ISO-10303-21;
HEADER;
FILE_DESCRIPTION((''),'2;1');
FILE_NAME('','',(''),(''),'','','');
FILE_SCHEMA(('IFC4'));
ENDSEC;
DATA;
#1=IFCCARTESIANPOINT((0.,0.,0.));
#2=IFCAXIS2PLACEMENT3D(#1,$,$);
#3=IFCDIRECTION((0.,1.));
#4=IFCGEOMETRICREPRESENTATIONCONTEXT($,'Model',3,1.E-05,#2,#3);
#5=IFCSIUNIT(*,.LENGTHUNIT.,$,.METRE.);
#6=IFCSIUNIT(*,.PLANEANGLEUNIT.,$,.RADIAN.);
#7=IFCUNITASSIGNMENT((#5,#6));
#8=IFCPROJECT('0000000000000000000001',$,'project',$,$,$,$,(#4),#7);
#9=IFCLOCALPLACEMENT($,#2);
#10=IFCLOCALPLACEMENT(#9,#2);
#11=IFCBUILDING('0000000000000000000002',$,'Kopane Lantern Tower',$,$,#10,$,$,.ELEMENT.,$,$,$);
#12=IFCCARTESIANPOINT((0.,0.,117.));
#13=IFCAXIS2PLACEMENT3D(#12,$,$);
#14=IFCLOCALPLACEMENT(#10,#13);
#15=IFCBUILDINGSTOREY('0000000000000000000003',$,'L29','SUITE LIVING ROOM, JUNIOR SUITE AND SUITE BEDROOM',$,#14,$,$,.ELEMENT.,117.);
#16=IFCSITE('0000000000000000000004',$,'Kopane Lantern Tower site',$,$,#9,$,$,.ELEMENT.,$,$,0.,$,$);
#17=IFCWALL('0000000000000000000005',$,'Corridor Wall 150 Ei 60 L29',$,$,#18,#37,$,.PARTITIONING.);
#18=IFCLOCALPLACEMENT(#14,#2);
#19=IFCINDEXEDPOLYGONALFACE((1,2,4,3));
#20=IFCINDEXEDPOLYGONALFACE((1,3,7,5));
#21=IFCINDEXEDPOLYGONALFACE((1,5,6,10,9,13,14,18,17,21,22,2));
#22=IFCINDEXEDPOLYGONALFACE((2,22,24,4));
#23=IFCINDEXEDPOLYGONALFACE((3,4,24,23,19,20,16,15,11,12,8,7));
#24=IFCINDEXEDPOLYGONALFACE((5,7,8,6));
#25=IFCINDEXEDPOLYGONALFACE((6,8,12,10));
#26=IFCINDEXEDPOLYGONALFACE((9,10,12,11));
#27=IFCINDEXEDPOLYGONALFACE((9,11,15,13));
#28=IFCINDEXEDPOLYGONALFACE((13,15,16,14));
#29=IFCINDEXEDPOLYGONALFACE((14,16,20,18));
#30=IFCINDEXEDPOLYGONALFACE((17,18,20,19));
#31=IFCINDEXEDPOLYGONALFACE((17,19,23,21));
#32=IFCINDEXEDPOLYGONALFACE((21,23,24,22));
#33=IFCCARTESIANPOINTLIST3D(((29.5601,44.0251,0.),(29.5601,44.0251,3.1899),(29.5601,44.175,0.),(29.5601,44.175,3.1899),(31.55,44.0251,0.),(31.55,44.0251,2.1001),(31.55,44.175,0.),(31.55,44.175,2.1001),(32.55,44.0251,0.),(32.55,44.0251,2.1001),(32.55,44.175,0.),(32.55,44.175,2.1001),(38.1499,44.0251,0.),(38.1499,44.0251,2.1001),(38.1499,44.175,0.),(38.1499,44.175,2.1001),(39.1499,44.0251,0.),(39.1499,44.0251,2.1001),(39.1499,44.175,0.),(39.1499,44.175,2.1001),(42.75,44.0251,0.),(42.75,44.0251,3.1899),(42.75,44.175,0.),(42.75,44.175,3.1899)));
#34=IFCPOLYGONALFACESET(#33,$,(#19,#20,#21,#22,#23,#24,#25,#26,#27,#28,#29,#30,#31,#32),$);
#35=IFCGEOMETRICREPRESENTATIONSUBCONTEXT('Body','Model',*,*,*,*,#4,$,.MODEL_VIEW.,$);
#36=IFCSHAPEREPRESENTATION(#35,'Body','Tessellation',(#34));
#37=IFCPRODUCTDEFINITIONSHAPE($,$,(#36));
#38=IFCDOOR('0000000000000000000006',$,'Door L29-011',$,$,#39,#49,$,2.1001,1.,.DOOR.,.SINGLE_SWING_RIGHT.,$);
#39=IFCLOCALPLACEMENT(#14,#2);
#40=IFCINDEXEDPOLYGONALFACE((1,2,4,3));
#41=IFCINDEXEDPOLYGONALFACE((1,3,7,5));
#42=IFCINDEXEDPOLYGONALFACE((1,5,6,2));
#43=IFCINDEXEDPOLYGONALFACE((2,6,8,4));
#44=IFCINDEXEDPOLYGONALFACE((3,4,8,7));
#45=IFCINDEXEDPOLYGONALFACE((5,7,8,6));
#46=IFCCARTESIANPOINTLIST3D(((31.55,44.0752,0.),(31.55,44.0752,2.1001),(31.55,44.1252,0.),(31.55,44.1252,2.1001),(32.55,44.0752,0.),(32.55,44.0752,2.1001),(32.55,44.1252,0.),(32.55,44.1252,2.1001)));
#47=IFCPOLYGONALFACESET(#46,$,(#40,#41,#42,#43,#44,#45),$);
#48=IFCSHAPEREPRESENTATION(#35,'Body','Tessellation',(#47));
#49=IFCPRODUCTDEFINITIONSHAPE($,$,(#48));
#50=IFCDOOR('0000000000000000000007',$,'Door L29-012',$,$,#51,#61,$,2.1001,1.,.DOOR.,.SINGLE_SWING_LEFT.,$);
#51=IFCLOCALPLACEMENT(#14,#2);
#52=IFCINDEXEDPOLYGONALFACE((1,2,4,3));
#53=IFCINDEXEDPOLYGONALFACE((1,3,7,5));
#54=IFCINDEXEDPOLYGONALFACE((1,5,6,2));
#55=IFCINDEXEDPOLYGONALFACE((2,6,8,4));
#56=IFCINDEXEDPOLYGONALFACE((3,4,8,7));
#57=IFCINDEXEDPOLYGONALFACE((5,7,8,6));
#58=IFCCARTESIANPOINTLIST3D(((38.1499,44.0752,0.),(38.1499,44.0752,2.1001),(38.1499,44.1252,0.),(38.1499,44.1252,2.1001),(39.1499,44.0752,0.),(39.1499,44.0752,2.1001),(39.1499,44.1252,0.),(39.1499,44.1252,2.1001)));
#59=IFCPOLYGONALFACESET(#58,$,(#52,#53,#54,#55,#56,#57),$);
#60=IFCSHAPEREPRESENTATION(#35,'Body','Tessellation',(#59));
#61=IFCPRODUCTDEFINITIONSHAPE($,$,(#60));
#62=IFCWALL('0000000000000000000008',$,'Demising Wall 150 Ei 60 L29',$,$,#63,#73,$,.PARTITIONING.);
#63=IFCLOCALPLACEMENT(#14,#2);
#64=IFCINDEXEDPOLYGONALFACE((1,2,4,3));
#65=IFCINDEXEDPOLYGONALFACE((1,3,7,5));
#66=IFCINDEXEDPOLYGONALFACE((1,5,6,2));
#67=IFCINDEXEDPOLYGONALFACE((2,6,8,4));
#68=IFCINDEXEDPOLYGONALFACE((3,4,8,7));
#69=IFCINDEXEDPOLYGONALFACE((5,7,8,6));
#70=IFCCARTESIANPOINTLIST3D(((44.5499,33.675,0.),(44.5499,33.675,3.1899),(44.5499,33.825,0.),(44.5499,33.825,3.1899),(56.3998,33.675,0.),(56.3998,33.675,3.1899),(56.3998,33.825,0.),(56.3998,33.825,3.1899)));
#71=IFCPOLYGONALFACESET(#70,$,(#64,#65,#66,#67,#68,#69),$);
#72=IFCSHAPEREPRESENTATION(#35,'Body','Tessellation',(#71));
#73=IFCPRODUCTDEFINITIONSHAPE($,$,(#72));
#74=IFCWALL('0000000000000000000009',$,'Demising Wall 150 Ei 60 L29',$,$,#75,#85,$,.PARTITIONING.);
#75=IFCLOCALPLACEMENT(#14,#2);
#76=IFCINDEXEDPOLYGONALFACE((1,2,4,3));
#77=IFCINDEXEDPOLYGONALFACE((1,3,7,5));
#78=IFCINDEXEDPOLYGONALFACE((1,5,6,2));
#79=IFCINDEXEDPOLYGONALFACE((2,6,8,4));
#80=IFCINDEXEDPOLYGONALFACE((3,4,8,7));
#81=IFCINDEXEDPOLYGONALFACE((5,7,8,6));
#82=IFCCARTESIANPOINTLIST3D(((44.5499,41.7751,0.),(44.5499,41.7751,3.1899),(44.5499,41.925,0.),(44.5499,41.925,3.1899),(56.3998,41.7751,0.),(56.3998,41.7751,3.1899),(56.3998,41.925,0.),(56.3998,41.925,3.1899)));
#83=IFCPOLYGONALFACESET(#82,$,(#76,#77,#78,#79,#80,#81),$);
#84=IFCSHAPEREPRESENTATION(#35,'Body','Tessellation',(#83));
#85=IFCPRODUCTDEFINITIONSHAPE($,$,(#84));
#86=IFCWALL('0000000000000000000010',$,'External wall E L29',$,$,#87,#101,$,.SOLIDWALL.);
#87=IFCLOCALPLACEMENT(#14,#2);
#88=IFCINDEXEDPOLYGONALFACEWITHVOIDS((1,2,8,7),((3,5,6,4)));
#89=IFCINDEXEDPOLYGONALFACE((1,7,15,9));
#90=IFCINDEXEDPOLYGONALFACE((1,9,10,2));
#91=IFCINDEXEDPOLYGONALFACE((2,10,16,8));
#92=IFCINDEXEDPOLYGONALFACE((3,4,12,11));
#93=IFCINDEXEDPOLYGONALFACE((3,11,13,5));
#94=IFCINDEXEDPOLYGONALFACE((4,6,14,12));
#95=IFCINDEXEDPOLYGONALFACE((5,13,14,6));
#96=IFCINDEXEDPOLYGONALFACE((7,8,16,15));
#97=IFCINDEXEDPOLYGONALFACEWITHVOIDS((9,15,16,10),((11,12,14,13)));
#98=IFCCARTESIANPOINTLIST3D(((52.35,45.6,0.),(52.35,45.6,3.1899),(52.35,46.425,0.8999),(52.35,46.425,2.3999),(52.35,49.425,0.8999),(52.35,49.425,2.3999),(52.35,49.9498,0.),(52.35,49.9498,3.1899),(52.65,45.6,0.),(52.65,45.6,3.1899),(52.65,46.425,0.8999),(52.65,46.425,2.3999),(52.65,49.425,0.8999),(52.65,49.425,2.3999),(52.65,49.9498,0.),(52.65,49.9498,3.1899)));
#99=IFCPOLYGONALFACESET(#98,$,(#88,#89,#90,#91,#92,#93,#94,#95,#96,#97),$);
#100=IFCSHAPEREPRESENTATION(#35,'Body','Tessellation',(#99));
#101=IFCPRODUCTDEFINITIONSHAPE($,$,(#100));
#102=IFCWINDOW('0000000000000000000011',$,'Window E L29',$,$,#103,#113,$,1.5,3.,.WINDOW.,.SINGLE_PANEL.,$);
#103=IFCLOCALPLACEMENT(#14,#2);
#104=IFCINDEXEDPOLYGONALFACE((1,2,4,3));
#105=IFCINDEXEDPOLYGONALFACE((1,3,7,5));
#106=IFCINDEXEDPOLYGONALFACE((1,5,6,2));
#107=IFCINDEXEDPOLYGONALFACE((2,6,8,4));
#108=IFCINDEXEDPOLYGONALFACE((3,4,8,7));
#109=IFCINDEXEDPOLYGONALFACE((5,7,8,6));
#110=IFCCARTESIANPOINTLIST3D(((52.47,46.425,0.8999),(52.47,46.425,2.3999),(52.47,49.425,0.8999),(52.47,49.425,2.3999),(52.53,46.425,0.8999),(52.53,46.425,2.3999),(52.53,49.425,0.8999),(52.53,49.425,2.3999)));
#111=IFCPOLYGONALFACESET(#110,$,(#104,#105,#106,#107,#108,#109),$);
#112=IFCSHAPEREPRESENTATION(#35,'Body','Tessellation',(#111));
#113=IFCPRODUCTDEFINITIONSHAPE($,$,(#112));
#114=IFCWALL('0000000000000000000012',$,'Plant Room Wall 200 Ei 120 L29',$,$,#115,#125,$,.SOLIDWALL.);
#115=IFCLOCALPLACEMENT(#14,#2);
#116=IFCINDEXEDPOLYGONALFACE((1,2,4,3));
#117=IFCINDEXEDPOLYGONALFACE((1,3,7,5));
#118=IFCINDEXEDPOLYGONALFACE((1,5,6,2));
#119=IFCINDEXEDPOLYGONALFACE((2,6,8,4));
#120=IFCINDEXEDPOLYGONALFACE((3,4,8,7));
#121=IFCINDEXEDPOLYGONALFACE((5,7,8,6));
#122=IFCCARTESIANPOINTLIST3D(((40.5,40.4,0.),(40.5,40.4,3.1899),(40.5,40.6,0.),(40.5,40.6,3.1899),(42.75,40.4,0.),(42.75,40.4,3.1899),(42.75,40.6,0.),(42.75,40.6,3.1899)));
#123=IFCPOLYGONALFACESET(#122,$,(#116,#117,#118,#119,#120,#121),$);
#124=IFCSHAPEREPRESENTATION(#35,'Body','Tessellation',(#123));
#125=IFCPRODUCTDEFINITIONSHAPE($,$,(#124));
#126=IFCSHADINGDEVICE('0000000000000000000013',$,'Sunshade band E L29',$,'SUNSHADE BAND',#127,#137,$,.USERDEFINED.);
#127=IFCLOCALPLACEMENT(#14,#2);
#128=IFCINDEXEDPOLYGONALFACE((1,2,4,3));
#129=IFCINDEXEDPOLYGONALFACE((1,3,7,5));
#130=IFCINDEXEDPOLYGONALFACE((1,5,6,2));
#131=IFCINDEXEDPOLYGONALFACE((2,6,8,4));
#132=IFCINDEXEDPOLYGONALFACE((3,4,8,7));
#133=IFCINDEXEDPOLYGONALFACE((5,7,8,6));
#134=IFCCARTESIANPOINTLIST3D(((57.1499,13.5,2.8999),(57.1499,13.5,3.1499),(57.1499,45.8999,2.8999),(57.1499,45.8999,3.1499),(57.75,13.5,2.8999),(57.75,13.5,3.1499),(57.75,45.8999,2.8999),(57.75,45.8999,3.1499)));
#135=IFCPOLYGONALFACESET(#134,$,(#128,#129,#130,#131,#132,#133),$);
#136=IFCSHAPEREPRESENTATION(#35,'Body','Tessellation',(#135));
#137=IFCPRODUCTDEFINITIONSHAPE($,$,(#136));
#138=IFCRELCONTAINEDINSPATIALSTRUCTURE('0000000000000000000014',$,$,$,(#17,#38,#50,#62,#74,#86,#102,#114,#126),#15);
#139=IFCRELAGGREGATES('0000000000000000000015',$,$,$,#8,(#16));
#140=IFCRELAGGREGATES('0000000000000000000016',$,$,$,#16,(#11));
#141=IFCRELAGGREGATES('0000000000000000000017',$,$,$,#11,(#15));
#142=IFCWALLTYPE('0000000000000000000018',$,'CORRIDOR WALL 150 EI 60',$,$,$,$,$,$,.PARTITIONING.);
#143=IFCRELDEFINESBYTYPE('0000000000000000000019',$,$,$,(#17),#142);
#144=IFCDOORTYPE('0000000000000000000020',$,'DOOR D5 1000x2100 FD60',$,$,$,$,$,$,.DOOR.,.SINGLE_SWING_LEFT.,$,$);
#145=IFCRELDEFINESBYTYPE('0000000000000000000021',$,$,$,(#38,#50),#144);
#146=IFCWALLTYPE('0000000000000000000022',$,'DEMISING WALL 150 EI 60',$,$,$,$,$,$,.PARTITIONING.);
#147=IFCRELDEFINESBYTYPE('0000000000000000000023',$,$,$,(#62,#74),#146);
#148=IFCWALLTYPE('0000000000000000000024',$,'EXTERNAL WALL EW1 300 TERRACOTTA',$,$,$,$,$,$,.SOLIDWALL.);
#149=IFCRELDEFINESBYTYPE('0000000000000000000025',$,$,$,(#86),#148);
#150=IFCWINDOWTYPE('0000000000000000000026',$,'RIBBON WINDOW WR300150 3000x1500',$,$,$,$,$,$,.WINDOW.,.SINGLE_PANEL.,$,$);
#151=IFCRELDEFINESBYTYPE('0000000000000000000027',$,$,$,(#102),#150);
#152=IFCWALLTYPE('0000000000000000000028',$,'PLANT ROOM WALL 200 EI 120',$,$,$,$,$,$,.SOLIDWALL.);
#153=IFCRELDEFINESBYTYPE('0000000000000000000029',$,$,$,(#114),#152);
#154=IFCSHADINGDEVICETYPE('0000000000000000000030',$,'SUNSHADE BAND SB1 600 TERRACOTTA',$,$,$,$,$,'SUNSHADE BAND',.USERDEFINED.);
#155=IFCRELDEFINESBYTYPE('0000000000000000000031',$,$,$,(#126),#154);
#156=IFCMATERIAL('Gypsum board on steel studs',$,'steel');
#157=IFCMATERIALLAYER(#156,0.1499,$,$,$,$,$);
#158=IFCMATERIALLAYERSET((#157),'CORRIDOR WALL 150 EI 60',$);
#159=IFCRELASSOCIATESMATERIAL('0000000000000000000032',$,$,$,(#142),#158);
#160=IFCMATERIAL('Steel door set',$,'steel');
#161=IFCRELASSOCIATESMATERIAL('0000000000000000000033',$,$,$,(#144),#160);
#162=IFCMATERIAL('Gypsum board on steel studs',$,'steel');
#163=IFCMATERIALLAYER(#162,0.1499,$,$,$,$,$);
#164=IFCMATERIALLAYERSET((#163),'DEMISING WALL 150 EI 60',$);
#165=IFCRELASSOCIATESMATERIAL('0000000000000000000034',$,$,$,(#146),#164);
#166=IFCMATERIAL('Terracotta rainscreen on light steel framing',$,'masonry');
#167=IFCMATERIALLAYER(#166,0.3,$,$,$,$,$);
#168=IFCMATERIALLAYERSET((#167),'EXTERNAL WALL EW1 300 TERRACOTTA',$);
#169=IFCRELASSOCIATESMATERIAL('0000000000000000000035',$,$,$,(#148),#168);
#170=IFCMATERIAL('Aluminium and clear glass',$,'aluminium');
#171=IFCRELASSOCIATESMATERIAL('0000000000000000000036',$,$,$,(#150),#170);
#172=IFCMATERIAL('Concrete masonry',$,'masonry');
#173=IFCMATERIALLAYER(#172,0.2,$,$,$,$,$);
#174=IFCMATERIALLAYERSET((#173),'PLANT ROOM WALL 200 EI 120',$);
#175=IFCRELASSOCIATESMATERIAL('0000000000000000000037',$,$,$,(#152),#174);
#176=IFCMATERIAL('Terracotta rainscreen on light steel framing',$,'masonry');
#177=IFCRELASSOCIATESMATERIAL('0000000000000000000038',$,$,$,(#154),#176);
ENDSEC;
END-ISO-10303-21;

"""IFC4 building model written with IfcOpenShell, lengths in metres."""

from ifc_helpers import new_model, si_unit, direction, frame, frame_2d, origin, origin_2d, place, context, subcontext, project, spatial, rectangle, extrude, material, layer, layer_set, type_object, element, fill, save


model = new_model("IFC4")

# Units and contexts
model_context = context("Model", 3, precision=1e-05, world=origin(), true_north=direction((0.0, 1.0)))
body_context = subcontext(model_context, "Body", "Model", "MODEL_VIEW")
ifc_project = project(units=[si_unit("LENGTHUNIT", "METRE"), si_unit("PLANEANGLEUNIT", "RADIAN")], contexts=[model_context])

# Site, building, storey
site_placement = place(None, origin())
site = spatial("IfcSite", under=ifc_project, at=site_placement, Name="Kopane Lantern Tower site", CompositionType="ELEMENT", RefElevation=0.0)
building_placement = place(site_placement, origin())
building = spatial("IfcBuilding", under=site, at=building_placement, Name="Kopane Lantern Tower", CompositionType="ELEMENT")
storey_placement = place(building_placement, frame((0.0, 0.0, 117.0)))
storey = spatial("IfcBuildingStorey", under=building, at=storey_placement, Name="L29", Description="SUITE LIVING ROOM, JUNIOR SUITE AND SUITE BEDROOM", CompositionType="ELEMENT", Elevation=117.0)

# Wall, openings, doors
ifc_material_1 = material(Name="Gypsum board on steel studs", Category="steel")
ifc_layer_1 = layer(ifc_material_1, 0.1499)
ifc_layer_set_1 = layer_set([ifc_layer_1], Name="CORRIDOR WALL 150 EI 60")
wall_type_1 = type_object("IfcWallType", Name="CORRIDOR WALL 150 EI 60", PredefinedType="PARTITIONING", material=ifc_layer_set_1)
wall_1_placement = place(storey_placement, frame((42.75, 44.1001, 0.0), z_axis=(0.0, 0.0, 1.0), x_axis=(-1.0, 0.0, 0.0)))
wall_1 = element("IfcWall", 1, at=wall_1_placement, inside=storey, type_object=wall_type_1, Name="Corridor Wall 150 Ei 60 L29", PredefinedType="PARTITIONING", context=body_context, shape_type="SweptSolid", body=[
    extrude(rectangle(XDim=13.1899, YDim=0.1499, at=frame_2d((6.595, 0.0))), origin(), (0.0, 0.0, 1.0), 3.1899),
])
opening_1_placement = place(wall_1_placement, frame((10.2, 0.0, 0.0)))
opening_1 = element("IfcOpeningElement", 2, at=opening_1_placement, cuts=wall_1, PredefinedType="OPENING", context=body_context, shape_type="SweptSolid", body=[
    extrude(rectangle(XDim=1.0, YDim=2.1001, at=frame_2d((0.5, 1.05))), frame((0.0, 0.085, 0.0), z_axis=(0.0, -1.0, 0.0), x_axis=(1.0, 0.0, 0.0)), (0.0, 0.0, 1.0), 0.1699),
])
opening_2_placement = place(wall_1_placement, frame((3.6001, 0.0, 0.0)))
opening_2 = element("IfcOpeningElement", 3, at=opening_2_placement, cuts=wall_1, PredefinedType="OPENING", context=body_context, shape_type="SweptSolid", body=[
    extrude(rectangle(XDim=1.0, YDim=2.1001, at=frame_2d((0.5, 1.05))), frame((0.0, 0.085, 0.0), z_axis=(0.0, -1.0, 0.0), x_axis=(1.0, 0.0, 0.0)), (0.0, 0.0, 1.0), 0.1699),
])
ifc_material_2 = material(Name="Steel door set", Category="steel")
door_type_1 = type_object("IfcDoorType", Name="DOOR D5 1000x2100 FD60", OperationType="SINGLE_SWING_LEFT", PredefinedType="DOOR", material=ifc_material_2)
door_1_placement = place(opening_1_placement, origin())
door_1 = element("IfcDoor", 4, at=door_1_placement, inside=storey, type_object=door_type_1, Name="Door L29-011", OperationType="SINGLE_SWING_RIGHT", OverallHeight=2.1001, OverallWidth=1.0, PredefinedType="DOOR", context=body_context, shape_type="SweptSolid", body=[
    extrude(rectangle(XDim=1.0, YDim=2.1001, at=frame_2d((0.5, 1.05))), frame((0.0, 0.0249, 0.0), z_axis=(0.0, -1.0, 0.0), x_axis=(1.0, 0.0, 0.0)), (0.0, 0.0, 1.0), 0.05),
])
fill(opening_1, door_1)
door_2_placement = place(opening_2_placement, origin())
door_2 = element("IfcDoor", 5, at=door_2_placement, inside=storey, type_object=door_type_1, Name="Door L29-012", OperationType="SINGLE_SWING_LEFT", OverallHeight=2.1001, OverallWidth=1.0, PredefinedType="DOOR", context=body_context, shape_type="SweptSolid", body=[
    extrude(rectangle(XDim=1.0, YDim=2.1001, at=frame_2d((0.5, 1.05))), frame((0.0, 0.0249, 0.0), z_axis=(0.0, -1.0, 0.0), x_axis=(1.0, 0.0, 0.0)), (0.0, 0.0, 1.0), 0.05),
])
fill(opening_2, door_2)

# Walls
ifc_material_3 = material(Name="Gypsum board on steel studs", Category="steel")
ifc_layer_2 = layer(ifc_material_3, 0.1499)
ifc_layer_set_2 = layer_set([ifc_layer_2], Name="DEMISING WALL 150 EI 60")
wall_type_2 = type_object("IfcWallType", Name="DEMISING WALL 150 EI 60", PredefinedType="PARTITIONING", material=ifc_layer_set_2)
for number, where, z_axis, x_axis, name in (
    (6, (44.55, 33.75, 0.0), (0.0, 0.0, 1.0), (1.0, 0.0, 0.0), "Demising Wall 150 Ei 60 L29"),
    (7, (44.55, 41.8501, 0.0), (0.0, 0.0, 1.0), (1.0, 0.0, 0.0), "Demising Wall 150 Ei 60 L29"),
):
    element("IfcWall", number, at=place(storey_placement, frame(where, z_axis=z_axis, x_axis=x_axis)), inside=storey, type_object=wall_type_2, Name=name, PredefinedType="PARTITIONING", context=body_context, shape_type="SweptSolid", body=[
        extrude(rectangle(XDim=11.8499, YDim=0.1499, at=frame_2d((5.9248, 0.0))), origin(), (0.0, 0.0, 1.0), 3.1899),
    ])

# Wall, opening, window
ifc_material_4 = material(Name="Terracotta rainscreen on light steel framing", Category="masonry")
ifc_layer_3 = layer(ifc_material_4, 0.3)
ifc_layer_set_3 = layer_set([ifc_layer_3], Name="EXTERNAL WALL EW1 300 TERRACOTTA")
wall_type_3 = type_object("IfcWallType", Name="EXTERNAL WALL EW1 300 TERRACOTTA", PredefinedType="SOLIDWALL", material=ifc_layer_set_3)
wall_2_placement = place(storey_placement, frame((52.5, 45.6001, 0.0), z_axis=(0.0, 0.0, 1.0), x_axis=(0.0, 1.0, 0.0)))
wall_2 = element("IfcWall", 8, at=wall_2_placement, inside=storey, type_object=wall_type_3, Name="External wall E L29", PredefinedType="SOLIDWALL", context=body_context, shape_type="SweptSolid", body=[
    extrude(rectangle(XDim=4.3499, YDim=0.3, at=frame_2d((2.1748, 0.0))), origin(), (0.0, 0.0, 1.0), 3.1899),
])
opening_3_placement = place(wall_2_placement, frame((0.825, 0.0, 0.8999)))
opening_3 = element("IfcOpeningElement", 9, at=opening_3_placement, cuts=wall_2, PredefinedType="OPENING", context=body_context, shape_type="SweptSolid", body=[
    extrude(rectangle(XDim=3.0, YDim=1.5, at=frame_2d((1.5, 0.75))), frame((0.0, 0.1599, 0.0), z_axis=(0.0, -1.0, 0.0), x_axis=(1.0, 0.0, 0.0)), (0.0, 0.0, 1.0), 0.3201),
])
ifc_material_5 = material(Name="Aluminium and clear glass", Category="aluminium")
window_type = type_object("IfcWindowType", Name="RIBBON WINDOW WR300150 3000x1500", PartitioningType="SINGLE_PANEL", PredefinedType="WINDOW", material=ifc_material_5)
window_placement = place(opening_3_placement, origin())
window = element("IfcWindow", 10, at=window_placement, inside=storey, type_object=window_type, Name="Window E L29", OverallHeight=1.5, OverallWidth=3.0, PartitioningType="SINGLE_PANEL", PredefinedType="WINDOW", context=body_context, shape_type="SweptSolid", body=[
    extrude(rectangle(XDim=3.0, YDim=1.5, at=frame_2d((1.5, 0.75))), frame((0.0, 0.03, 0.0), z_axis=(0.0, -1.0, 0.0), x_axis=(1.0, 0.0, 0.0)), (0.0, 0.0, 1.0), 0.0601),
])
fill(opening_3, window)

# Wall
ifc_material_6 = material(Name="Concrete masonry", Category="masonry")
ifc_layer_4 = layer(ifc_material_6, 0.2)
ifc_layer_set_4 = layer_set([ifc_layer_4], Name="PLANT ROOM WALL 200 EI 120")
wall_type_4 = type_object("IfcWallType", Name="PLANT ROOM WALL 200 EI 120", PredefinedType="SOLIDWALL", material=ifc_layer_set_4)
wall_3_placement = place(storey_placement, frame((40.5, 40.5, 0.0), z_axis=(0.0, 0.0, 1.0), x_axis=(1.0, 0.0, 0.0)))
element("IfcWall", 11, at=wall_3_placement, inside=storey, type_object=wall_type_4, Name="Plant Room Wall 200 Ei 120 L29", PredefinedType="SOLIDWALL", context=body_context, shape_type="SweptSolid", body=[
    extrude(rectangle(XDim=2.25, YDim=0.2, at=frame_2d((1.125, 0.0))), origin(), (0.0, 0.0, 1.0), 3.1899),
])

# Shading device
ifc_material_7 = material(Name="Terracotta rainscreen on light steel framing", Category="masonry")
shading_device_type = type_object("IfcShadingDeviceType", Name="SUNSHADE BAND SB1 600 TERRACOTTA", ElementType="SUNSHADE BAND", PredefinedType="USERDEFINED", material=ifc_material_7)
shading_device_placement = place(storey_placement, frame((57.45, 29.7, 2.8999), z_axis=(0.0, 0.0, 1.0), x_axis=(0.0, 1.0, 0.0)))
element("IfcShadingDevice", 12, at=shading_device_placement, inside=storey, type_object=shading_device_type, Name="Sunshade band E L29", ObjectType="SUNSHADE BAND", PredefinedType="USERDEFINED", context=body_context, shape_type="SweptSolid", body=[
    extrude(rectangle(XDim=32.3999, YDim=0.6001, at=origin_2d()), origin(), (0.0, 0.0, 1.0), 0.25),
])

save(model, "model.ifc")
